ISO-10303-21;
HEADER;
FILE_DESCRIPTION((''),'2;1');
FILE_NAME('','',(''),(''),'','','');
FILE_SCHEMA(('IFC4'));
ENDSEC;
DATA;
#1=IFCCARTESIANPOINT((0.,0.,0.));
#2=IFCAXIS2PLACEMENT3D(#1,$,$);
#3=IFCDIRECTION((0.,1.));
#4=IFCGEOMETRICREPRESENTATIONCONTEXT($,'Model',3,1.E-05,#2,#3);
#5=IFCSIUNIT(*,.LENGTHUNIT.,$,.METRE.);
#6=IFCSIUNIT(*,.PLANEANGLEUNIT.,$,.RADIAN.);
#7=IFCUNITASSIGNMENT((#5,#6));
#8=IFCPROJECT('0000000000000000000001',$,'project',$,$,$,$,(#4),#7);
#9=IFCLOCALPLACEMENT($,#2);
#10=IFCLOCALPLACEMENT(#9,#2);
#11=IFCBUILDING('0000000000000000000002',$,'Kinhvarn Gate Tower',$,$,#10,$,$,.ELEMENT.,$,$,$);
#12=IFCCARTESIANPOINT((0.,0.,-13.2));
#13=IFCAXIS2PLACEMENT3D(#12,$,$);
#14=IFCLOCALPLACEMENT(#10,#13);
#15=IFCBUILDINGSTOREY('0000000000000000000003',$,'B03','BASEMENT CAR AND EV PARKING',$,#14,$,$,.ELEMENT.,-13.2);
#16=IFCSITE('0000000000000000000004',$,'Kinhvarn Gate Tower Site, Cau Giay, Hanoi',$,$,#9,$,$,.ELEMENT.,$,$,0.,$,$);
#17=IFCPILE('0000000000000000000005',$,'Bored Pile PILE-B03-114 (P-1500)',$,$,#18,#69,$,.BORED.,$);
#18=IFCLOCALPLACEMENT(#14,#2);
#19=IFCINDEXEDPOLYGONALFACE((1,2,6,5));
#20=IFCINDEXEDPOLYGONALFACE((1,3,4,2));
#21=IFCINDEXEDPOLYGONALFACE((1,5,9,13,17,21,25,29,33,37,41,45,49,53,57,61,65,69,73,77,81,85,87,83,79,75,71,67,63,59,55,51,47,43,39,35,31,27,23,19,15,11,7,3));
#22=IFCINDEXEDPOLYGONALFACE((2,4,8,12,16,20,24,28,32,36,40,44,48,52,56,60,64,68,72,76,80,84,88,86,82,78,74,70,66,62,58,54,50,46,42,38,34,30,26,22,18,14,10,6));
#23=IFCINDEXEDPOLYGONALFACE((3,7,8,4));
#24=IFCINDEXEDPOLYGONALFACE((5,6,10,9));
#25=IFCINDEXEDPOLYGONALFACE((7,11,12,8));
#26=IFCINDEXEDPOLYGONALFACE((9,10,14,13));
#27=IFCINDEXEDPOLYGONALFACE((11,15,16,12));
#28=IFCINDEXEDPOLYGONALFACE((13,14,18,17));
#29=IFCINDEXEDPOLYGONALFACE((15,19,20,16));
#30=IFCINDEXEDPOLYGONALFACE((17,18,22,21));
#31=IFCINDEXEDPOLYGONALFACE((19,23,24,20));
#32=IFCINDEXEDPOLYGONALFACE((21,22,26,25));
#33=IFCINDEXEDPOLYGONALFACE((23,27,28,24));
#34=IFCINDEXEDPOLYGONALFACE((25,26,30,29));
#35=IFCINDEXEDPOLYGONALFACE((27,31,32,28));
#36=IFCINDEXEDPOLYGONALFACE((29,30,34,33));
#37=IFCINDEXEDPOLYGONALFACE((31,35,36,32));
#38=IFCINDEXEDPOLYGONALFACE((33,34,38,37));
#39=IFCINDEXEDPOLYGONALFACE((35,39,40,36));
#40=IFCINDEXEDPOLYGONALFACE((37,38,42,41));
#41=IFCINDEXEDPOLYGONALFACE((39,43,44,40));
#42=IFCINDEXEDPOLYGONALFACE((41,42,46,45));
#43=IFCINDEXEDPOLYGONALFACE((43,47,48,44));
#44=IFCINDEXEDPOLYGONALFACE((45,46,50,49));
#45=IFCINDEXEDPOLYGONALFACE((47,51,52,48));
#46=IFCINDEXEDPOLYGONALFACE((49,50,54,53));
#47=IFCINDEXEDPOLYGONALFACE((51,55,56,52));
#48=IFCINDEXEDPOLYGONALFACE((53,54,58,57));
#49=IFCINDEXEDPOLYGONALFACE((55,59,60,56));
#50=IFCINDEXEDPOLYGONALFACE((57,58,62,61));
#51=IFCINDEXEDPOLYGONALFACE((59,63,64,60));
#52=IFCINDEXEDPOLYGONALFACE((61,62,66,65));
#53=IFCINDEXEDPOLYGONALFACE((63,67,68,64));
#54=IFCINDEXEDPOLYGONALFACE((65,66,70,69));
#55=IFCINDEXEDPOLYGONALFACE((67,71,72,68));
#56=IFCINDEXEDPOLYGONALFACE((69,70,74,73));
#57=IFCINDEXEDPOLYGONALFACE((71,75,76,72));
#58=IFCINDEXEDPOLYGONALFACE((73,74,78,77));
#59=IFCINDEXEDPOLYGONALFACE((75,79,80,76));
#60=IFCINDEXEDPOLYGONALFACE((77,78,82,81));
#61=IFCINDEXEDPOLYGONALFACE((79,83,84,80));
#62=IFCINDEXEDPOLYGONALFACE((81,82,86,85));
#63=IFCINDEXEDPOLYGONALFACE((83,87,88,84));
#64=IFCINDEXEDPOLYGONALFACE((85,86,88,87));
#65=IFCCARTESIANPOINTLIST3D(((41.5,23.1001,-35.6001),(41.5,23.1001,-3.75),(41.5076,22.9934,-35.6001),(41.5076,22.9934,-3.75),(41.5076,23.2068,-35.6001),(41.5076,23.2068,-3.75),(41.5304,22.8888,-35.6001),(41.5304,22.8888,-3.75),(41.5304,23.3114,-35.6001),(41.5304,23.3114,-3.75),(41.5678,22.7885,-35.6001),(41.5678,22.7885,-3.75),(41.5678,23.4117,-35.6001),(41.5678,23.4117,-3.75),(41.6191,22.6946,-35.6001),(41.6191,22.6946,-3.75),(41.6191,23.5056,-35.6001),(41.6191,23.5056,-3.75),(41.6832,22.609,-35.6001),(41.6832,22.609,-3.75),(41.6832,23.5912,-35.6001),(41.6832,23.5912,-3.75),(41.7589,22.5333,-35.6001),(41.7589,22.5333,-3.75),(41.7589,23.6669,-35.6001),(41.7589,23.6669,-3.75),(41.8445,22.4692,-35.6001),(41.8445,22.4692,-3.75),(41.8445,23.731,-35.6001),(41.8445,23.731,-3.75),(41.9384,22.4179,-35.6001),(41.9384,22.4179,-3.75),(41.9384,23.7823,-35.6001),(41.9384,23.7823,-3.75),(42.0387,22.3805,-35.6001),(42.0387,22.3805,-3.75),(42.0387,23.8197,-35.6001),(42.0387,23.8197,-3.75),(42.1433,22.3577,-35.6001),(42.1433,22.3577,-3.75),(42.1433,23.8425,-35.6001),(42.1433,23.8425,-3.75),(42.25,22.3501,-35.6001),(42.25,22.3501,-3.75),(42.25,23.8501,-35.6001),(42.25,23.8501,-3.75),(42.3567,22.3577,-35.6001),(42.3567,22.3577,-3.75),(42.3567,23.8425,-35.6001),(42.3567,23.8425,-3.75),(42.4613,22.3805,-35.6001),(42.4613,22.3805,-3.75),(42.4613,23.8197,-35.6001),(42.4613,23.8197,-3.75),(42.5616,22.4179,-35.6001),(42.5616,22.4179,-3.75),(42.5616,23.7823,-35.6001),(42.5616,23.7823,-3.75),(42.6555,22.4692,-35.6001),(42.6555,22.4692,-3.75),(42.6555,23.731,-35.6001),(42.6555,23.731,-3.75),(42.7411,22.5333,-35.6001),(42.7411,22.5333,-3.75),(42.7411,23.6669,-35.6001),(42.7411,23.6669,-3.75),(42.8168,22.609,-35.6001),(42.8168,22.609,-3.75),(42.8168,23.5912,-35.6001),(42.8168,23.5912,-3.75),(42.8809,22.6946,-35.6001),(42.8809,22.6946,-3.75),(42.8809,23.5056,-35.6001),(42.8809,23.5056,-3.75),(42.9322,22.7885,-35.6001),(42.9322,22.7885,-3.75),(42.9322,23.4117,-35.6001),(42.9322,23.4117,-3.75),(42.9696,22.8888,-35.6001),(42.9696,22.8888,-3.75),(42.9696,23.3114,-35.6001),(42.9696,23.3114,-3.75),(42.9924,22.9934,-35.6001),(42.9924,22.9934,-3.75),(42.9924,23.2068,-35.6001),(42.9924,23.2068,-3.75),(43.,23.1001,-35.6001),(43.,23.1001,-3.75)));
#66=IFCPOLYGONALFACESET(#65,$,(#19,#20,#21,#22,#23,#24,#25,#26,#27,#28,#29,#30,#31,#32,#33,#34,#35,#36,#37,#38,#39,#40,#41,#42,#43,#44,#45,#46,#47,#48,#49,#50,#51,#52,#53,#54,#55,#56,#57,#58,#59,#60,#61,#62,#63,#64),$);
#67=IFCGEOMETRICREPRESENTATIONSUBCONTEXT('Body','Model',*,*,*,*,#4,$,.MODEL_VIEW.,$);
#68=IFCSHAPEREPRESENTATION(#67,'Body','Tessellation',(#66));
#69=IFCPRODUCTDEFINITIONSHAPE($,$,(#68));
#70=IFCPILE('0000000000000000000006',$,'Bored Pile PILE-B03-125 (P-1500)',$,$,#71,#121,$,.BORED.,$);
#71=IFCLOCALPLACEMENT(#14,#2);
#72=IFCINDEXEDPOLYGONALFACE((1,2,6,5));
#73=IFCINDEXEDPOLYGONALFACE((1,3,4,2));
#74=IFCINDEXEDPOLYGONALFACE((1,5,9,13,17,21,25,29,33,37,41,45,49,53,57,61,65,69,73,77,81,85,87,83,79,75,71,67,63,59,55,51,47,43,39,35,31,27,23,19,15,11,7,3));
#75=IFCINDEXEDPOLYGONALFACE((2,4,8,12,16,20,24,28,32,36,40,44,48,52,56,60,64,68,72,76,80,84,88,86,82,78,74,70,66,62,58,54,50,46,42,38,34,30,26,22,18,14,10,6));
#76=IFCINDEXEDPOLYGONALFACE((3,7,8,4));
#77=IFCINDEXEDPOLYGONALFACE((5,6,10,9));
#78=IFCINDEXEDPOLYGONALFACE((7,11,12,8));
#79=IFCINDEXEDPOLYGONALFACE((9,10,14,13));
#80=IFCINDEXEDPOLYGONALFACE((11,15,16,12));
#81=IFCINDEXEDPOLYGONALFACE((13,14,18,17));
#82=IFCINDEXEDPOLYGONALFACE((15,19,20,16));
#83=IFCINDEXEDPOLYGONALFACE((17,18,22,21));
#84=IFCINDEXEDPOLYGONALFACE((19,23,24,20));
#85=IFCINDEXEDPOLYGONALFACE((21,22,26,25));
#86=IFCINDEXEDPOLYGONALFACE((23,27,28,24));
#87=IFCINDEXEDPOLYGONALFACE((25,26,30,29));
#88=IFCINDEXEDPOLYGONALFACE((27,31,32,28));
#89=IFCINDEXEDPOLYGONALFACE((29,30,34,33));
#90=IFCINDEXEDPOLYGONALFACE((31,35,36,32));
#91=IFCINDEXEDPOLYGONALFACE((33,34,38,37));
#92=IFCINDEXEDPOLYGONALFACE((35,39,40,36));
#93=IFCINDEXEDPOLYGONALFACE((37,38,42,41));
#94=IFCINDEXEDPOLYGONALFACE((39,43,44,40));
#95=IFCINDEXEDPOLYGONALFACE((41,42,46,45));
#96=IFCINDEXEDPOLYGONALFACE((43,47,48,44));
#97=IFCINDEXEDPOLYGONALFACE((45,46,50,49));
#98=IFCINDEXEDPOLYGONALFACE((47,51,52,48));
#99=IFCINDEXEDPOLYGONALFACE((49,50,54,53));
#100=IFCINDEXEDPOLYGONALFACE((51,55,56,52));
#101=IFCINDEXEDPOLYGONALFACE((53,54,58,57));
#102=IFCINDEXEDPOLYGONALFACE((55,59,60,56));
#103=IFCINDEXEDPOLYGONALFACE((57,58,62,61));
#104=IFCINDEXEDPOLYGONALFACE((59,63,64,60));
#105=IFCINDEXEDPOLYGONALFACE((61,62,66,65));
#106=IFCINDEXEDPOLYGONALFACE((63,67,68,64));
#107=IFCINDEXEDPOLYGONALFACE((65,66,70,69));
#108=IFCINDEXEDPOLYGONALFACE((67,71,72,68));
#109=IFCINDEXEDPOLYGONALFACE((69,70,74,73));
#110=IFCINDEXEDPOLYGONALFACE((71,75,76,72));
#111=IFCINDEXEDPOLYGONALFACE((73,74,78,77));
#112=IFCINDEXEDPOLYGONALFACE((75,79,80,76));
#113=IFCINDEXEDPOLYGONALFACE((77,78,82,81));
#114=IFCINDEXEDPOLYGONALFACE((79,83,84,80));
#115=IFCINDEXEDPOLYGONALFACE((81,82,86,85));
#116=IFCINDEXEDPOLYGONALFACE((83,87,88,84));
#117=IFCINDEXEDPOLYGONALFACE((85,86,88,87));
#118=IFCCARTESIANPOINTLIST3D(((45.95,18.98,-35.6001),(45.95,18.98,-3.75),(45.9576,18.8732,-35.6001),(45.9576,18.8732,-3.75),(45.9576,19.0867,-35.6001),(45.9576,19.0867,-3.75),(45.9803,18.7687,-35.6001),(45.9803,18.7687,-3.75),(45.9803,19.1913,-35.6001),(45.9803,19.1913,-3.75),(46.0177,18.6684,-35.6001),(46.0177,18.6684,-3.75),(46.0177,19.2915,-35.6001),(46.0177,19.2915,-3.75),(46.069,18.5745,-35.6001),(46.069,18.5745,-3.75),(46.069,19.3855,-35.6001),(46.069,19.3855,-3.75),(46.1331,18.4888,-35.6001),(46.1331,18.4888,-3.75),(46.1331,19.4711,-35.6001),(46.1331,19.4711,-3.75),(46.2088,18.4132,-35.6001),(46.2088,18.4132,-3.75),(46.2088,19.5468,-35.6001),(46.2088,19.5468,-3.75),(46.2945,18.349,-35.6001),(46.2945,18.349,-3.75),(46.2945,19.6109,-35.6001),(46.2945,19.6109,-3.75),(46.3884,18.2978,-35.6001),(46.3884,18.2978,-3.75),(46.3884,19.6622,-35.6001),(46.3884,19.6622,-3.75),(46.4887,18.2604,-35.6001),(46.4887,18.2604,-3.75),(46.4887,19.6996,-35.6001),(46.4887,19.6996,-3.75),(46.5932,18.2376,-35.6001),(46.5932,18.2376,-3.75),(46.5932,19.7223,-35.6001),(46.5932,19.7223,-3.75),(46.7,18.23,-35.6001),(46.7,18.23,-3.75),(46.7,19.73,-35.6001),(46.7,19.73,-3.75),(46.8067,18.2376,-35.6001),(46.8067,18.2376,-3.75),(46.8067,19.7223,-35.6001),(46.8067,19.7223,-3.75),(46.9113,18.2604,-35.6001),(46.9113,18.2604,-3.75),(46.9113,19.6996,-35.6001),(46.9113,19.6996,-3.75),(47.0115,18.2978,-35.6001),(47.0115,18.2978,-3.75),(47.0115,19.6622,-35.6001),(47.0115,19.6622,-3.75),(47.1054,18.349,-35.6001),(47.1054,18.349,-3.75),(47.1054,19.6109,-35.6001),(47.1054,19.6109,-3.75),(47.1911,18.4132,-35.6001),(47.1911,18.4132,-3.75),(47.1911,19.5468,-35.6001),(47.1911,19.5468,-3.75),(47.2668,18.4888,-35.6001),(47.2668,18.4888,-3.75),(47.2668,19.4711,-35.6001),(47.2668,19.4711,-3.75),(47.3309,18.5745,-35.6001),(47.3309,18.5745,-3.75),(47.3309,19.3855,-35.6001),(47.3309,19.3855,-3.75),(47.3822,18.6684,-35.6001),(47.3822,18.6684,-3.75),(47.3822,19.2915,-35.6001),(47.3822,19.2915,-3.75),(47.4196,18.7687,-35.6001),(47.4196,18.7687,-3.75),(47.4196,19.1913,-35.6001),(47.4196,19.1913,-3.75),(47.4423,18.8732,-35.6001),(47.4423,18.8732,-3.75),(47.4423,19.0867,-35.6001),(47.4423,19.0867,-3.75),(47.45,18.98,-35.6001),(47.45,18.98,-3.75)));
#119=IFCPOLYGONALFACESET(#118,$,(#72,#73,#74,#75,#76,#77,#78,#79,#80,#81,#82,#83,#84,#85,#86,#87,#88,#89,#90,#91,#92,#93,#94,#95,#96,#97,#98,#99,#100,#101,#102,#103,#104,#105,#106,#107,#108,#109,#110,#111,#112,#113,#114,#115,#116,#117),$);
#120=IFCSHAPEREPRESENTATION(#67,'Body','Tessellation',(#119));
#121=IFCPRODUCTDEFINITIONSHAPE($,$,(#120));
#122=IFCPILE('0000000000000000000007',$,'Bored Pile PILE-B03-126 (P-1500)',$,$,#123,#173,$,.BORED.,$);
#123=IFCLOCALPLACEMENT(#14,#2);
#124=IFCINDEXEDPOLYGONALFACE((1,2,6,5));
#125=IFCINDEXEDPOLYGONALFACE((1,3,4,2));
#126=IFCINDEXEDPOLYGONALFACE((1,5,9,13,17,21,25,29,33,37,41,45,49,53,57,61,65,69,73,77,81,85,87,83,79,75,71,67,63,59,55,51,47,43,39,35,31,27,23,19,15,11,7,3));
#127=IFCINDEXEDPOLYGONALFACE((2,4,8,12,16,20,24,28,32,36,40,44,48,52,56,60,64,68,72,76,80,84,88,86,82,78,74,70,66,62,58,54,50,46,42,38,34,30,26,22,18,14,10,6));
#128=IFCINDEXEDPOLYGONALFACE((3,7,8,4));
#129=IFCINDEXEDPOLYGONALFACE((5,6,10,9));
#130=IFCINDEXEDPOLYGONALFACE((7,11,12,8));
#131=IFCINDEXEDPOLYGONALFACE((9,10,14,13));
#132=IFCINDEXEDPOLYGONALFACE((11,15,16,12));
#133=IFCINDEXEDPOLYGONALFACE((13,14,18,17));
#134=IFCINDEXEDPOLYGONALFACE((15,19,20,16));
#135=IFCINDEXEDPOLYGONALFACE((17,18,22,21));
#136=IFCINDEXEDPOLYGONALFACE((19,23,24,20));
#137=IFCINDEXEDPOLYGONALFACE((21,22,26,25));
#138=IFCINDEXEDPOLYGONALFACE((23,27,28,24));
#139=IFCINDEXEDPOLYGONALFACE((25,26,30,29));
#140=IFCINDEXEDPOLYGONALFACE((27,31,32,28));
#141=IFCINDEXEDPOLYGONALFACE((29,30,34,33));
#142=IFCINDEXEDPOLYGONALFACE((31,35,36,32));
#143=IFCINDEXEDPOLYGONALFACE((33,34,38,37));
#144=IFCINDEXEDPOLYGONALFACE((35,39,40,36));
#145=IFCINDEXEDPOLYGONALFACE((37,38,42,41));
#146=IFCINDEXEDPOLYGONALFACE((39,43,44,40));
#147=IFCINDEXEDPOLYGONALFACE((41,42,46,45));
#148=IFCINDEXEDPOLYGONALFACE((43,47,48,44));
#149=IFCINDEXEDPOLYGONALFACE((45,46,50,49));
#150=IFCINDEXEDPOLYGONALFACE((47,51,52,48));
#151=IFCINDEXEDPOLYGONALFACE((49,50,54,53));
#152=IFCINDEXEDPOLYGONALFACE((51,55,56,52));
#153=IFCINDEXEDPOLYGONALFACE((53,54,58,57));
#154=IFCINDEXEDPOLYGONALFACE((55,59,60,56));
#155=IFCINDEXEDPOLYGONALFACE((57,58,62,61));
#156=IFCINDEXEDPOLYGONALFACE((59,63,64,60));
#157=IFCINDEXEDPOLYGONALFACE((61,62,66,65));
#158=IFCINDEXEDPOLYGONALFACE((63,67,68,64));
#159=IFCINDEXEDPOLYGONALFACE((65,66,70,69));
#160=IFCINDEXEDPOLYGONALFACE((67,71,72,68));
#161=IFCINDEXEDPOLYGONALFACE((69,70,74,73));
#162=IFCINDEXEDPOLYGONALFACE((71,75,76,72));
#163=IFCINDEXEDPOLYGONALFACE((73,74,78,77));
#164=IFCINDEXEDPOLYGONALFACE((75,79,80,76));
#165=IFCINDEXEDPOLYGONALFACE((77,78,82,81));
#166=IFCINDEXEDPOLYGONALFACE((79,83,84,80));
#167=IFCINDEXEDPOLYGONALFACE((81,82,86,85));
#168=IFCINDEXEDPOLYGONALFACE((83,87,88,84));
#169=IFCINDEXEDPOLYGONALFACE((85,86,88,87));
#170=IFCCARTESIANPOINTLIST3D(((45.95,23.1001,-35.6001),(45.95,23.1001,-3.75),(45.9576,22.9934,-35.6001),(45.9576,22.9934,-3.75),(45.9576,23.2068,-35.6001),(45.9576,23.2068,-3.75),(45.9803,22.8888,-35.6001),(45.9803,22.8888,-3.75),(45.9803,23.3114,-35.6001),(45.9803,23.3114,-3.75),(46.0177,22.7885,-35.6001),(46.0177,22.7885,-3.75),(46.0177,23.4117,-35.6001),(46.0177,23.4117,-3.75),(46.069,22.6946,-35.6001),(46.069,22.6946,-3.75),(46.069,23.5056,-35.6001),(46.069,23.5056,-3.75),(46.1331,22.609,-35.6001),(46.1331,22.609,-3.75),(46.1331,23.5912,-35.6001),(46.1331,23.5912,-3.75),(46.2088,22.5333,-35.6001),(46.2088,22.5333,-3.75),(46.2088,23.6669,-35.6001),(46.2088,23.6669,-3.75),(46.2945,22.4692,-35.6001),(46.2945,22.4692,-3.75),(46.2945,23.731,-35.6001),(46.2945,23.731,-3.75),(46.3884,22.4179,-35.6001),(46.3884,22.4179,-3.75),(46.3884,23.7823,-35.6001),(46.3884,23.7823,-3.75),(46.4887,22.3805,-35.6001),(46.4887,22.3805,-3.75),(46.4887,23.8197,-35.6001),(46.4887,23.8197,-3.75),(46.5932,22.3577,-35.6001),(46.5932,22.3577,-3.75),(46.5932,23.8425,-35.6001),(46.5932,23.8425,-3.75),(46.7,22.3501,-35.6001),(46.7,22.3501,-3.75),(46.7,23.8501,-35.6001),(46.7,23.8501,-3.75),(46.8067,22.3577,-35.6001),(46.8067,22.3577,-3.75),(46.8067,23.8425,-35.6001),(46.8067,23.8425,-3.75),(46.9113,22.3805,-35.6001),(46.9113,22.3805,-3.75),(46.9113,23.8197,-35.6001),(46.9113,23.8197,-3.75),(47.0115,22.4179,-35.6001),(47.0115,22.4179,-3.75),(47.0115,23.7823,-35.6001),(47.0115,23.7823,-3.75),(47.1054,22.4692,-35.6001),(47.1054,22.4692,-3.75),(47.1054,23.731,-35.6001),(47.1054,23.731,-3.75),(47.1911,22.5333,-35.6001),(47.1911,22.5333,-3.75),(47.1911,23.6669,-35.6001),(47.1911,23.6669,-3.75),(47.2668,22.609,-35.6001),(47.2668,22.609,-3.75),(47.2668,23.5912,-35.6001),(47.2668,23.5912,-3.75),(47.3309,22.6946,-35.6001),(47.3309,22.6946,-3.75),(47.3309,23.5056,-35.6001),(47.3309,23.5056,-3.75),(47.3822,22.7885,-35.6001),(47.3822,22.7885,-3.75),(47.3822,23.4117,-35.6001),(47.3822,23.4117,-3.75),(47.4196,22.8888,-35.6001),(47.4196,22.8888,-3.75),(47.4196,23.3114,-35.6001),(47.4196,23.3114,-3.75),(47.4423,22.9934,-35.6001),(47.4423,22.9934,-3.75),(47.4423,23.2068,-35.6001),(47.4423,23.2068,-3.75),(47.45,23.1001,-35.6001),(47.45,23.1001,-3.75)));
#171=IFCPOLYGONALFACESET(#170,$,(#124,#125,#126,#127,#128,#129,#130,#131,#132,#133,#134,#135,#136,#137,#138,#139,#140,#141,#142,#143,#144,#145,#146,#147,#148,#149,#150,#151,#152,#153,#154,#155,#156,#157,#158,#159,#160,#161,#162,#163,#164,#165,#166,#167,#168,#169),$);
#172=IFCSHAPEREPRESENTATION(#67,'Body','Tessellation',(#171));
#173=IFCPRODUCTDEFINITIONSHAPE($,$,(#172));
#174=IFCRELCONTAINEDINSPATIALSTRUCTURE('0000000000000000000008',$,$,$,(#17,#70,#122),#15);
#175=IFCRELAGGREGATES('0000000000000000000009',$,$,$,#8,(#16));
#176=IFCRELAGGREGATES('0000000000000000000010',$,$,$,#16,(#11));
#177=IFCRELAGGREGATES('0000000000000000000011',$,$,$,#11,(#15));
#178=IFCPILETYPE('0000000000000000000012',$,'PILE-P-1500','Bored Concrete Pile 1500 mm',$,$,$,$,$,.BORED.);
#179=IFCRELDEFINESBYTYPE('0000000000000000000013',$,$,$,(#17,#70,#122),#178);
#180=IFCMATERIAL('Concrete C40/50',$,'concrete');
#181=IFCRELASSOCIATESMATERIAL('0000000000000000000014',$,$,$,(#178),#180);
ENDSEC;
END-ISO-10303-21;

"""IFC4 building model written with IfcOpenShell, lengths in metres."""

from ifc_helpers import new_model, si_unit, direction, frame, origin, origin_2d, place, context, subcontext, project, spatial, circle, extrude, material, material_profile, profile_set, type_object, element, save


model = new_model("IFC4")

# Units and contexts
model_context = context("Model", 3, precision=1e-05, world=origin(), true_north=direction((0.0, 1.0)))
body_context = subcontext(model_context, "Body", "Model", "MODEL_VIEW")
ifc_project = project(units=[si_unit("LENGTHUNIT", "METRE"), si_unit("PLANEANGLEUNIT", "RADIAN")], contexts=[model_context])

# Site, building, storey
site_placement = place(None, origin())
site = spatial("IfcSite", under=ifc_project, at=site_placement, Name="Kinhvarn Gate Tower Site, Cau Giay, Hanoi", CompositionType="ELEMENT", RefElevation=0.0)
building_placement = place(site_placement, origin())
building = spatial("IfcBuilding", under=site, at=building_placement, Name="Kinhvarn Gate Tower", CompositionType="ELEMENT")
storey_placement = place(building_placement, frame((0.0, 0.0, -13.2)))
storey = spatial("IfcBuildingStorey", under=building, at=storey_placement, Name="B03", Description="BASEMENT CAR AND EV PARKING", CompositionType="ELEMENT", Elevation=-13.2)

# Piles
ifc_material_1 = material(Name="Concrete C40/50", Category="concrete")
ifc_material_profile_1 = material_profile(ifc_material_1, circle(Radius=0.75, at=origin_2d()), Name="PILE D1500")
ifc_profile_set_1 = profile_set([ifc_material_profile_1], Name="Concrete C40/50")
pile_type_1 = type_object("IfcPileType", Name="PILE-P-1500", Description="Bored Concrete Pile 1500 mm", PredefinedType="BORED", material=ifc_profile_set_1)
for number, where, z_axis, x_axis, name in (
    (1, (42.25, 23.1001, -35.6001), (0.0, 0.0, 1.0), (1.0, 0.0, 0.0), "Bored Pile PILE-B03-114 (P-1500)"),
    (2, (46.7, 18.98, -35.6001), (0.0, 0.0, 1.0), (1.0, 0.0, 0.0), "Bored Pile PILE-B03-125 (P-1500)"),
    (3, (46.7, 23.1001, -35.6001), (0.0, 0.0, 1.0), (1.0, 0.0, 0.0), "Bored Pile PILE-B03-126 (P-1500)"),
):
    element("IfcPile", number, at=place(storey_placement, frame(where, z_axis=z_axis, x_axis=x_axis)), inside=storey, type_object=pile_type_1, Name=name, PredefinedType="BORED", context=body_context, shape_type="SweptSolid", body=[
        extrude(circle(Radius=0.75, at=origin_2d()), origin(), (0.0, 0.0, 1.0), 31.8501),
    ])

save(model, "model.ifc")
